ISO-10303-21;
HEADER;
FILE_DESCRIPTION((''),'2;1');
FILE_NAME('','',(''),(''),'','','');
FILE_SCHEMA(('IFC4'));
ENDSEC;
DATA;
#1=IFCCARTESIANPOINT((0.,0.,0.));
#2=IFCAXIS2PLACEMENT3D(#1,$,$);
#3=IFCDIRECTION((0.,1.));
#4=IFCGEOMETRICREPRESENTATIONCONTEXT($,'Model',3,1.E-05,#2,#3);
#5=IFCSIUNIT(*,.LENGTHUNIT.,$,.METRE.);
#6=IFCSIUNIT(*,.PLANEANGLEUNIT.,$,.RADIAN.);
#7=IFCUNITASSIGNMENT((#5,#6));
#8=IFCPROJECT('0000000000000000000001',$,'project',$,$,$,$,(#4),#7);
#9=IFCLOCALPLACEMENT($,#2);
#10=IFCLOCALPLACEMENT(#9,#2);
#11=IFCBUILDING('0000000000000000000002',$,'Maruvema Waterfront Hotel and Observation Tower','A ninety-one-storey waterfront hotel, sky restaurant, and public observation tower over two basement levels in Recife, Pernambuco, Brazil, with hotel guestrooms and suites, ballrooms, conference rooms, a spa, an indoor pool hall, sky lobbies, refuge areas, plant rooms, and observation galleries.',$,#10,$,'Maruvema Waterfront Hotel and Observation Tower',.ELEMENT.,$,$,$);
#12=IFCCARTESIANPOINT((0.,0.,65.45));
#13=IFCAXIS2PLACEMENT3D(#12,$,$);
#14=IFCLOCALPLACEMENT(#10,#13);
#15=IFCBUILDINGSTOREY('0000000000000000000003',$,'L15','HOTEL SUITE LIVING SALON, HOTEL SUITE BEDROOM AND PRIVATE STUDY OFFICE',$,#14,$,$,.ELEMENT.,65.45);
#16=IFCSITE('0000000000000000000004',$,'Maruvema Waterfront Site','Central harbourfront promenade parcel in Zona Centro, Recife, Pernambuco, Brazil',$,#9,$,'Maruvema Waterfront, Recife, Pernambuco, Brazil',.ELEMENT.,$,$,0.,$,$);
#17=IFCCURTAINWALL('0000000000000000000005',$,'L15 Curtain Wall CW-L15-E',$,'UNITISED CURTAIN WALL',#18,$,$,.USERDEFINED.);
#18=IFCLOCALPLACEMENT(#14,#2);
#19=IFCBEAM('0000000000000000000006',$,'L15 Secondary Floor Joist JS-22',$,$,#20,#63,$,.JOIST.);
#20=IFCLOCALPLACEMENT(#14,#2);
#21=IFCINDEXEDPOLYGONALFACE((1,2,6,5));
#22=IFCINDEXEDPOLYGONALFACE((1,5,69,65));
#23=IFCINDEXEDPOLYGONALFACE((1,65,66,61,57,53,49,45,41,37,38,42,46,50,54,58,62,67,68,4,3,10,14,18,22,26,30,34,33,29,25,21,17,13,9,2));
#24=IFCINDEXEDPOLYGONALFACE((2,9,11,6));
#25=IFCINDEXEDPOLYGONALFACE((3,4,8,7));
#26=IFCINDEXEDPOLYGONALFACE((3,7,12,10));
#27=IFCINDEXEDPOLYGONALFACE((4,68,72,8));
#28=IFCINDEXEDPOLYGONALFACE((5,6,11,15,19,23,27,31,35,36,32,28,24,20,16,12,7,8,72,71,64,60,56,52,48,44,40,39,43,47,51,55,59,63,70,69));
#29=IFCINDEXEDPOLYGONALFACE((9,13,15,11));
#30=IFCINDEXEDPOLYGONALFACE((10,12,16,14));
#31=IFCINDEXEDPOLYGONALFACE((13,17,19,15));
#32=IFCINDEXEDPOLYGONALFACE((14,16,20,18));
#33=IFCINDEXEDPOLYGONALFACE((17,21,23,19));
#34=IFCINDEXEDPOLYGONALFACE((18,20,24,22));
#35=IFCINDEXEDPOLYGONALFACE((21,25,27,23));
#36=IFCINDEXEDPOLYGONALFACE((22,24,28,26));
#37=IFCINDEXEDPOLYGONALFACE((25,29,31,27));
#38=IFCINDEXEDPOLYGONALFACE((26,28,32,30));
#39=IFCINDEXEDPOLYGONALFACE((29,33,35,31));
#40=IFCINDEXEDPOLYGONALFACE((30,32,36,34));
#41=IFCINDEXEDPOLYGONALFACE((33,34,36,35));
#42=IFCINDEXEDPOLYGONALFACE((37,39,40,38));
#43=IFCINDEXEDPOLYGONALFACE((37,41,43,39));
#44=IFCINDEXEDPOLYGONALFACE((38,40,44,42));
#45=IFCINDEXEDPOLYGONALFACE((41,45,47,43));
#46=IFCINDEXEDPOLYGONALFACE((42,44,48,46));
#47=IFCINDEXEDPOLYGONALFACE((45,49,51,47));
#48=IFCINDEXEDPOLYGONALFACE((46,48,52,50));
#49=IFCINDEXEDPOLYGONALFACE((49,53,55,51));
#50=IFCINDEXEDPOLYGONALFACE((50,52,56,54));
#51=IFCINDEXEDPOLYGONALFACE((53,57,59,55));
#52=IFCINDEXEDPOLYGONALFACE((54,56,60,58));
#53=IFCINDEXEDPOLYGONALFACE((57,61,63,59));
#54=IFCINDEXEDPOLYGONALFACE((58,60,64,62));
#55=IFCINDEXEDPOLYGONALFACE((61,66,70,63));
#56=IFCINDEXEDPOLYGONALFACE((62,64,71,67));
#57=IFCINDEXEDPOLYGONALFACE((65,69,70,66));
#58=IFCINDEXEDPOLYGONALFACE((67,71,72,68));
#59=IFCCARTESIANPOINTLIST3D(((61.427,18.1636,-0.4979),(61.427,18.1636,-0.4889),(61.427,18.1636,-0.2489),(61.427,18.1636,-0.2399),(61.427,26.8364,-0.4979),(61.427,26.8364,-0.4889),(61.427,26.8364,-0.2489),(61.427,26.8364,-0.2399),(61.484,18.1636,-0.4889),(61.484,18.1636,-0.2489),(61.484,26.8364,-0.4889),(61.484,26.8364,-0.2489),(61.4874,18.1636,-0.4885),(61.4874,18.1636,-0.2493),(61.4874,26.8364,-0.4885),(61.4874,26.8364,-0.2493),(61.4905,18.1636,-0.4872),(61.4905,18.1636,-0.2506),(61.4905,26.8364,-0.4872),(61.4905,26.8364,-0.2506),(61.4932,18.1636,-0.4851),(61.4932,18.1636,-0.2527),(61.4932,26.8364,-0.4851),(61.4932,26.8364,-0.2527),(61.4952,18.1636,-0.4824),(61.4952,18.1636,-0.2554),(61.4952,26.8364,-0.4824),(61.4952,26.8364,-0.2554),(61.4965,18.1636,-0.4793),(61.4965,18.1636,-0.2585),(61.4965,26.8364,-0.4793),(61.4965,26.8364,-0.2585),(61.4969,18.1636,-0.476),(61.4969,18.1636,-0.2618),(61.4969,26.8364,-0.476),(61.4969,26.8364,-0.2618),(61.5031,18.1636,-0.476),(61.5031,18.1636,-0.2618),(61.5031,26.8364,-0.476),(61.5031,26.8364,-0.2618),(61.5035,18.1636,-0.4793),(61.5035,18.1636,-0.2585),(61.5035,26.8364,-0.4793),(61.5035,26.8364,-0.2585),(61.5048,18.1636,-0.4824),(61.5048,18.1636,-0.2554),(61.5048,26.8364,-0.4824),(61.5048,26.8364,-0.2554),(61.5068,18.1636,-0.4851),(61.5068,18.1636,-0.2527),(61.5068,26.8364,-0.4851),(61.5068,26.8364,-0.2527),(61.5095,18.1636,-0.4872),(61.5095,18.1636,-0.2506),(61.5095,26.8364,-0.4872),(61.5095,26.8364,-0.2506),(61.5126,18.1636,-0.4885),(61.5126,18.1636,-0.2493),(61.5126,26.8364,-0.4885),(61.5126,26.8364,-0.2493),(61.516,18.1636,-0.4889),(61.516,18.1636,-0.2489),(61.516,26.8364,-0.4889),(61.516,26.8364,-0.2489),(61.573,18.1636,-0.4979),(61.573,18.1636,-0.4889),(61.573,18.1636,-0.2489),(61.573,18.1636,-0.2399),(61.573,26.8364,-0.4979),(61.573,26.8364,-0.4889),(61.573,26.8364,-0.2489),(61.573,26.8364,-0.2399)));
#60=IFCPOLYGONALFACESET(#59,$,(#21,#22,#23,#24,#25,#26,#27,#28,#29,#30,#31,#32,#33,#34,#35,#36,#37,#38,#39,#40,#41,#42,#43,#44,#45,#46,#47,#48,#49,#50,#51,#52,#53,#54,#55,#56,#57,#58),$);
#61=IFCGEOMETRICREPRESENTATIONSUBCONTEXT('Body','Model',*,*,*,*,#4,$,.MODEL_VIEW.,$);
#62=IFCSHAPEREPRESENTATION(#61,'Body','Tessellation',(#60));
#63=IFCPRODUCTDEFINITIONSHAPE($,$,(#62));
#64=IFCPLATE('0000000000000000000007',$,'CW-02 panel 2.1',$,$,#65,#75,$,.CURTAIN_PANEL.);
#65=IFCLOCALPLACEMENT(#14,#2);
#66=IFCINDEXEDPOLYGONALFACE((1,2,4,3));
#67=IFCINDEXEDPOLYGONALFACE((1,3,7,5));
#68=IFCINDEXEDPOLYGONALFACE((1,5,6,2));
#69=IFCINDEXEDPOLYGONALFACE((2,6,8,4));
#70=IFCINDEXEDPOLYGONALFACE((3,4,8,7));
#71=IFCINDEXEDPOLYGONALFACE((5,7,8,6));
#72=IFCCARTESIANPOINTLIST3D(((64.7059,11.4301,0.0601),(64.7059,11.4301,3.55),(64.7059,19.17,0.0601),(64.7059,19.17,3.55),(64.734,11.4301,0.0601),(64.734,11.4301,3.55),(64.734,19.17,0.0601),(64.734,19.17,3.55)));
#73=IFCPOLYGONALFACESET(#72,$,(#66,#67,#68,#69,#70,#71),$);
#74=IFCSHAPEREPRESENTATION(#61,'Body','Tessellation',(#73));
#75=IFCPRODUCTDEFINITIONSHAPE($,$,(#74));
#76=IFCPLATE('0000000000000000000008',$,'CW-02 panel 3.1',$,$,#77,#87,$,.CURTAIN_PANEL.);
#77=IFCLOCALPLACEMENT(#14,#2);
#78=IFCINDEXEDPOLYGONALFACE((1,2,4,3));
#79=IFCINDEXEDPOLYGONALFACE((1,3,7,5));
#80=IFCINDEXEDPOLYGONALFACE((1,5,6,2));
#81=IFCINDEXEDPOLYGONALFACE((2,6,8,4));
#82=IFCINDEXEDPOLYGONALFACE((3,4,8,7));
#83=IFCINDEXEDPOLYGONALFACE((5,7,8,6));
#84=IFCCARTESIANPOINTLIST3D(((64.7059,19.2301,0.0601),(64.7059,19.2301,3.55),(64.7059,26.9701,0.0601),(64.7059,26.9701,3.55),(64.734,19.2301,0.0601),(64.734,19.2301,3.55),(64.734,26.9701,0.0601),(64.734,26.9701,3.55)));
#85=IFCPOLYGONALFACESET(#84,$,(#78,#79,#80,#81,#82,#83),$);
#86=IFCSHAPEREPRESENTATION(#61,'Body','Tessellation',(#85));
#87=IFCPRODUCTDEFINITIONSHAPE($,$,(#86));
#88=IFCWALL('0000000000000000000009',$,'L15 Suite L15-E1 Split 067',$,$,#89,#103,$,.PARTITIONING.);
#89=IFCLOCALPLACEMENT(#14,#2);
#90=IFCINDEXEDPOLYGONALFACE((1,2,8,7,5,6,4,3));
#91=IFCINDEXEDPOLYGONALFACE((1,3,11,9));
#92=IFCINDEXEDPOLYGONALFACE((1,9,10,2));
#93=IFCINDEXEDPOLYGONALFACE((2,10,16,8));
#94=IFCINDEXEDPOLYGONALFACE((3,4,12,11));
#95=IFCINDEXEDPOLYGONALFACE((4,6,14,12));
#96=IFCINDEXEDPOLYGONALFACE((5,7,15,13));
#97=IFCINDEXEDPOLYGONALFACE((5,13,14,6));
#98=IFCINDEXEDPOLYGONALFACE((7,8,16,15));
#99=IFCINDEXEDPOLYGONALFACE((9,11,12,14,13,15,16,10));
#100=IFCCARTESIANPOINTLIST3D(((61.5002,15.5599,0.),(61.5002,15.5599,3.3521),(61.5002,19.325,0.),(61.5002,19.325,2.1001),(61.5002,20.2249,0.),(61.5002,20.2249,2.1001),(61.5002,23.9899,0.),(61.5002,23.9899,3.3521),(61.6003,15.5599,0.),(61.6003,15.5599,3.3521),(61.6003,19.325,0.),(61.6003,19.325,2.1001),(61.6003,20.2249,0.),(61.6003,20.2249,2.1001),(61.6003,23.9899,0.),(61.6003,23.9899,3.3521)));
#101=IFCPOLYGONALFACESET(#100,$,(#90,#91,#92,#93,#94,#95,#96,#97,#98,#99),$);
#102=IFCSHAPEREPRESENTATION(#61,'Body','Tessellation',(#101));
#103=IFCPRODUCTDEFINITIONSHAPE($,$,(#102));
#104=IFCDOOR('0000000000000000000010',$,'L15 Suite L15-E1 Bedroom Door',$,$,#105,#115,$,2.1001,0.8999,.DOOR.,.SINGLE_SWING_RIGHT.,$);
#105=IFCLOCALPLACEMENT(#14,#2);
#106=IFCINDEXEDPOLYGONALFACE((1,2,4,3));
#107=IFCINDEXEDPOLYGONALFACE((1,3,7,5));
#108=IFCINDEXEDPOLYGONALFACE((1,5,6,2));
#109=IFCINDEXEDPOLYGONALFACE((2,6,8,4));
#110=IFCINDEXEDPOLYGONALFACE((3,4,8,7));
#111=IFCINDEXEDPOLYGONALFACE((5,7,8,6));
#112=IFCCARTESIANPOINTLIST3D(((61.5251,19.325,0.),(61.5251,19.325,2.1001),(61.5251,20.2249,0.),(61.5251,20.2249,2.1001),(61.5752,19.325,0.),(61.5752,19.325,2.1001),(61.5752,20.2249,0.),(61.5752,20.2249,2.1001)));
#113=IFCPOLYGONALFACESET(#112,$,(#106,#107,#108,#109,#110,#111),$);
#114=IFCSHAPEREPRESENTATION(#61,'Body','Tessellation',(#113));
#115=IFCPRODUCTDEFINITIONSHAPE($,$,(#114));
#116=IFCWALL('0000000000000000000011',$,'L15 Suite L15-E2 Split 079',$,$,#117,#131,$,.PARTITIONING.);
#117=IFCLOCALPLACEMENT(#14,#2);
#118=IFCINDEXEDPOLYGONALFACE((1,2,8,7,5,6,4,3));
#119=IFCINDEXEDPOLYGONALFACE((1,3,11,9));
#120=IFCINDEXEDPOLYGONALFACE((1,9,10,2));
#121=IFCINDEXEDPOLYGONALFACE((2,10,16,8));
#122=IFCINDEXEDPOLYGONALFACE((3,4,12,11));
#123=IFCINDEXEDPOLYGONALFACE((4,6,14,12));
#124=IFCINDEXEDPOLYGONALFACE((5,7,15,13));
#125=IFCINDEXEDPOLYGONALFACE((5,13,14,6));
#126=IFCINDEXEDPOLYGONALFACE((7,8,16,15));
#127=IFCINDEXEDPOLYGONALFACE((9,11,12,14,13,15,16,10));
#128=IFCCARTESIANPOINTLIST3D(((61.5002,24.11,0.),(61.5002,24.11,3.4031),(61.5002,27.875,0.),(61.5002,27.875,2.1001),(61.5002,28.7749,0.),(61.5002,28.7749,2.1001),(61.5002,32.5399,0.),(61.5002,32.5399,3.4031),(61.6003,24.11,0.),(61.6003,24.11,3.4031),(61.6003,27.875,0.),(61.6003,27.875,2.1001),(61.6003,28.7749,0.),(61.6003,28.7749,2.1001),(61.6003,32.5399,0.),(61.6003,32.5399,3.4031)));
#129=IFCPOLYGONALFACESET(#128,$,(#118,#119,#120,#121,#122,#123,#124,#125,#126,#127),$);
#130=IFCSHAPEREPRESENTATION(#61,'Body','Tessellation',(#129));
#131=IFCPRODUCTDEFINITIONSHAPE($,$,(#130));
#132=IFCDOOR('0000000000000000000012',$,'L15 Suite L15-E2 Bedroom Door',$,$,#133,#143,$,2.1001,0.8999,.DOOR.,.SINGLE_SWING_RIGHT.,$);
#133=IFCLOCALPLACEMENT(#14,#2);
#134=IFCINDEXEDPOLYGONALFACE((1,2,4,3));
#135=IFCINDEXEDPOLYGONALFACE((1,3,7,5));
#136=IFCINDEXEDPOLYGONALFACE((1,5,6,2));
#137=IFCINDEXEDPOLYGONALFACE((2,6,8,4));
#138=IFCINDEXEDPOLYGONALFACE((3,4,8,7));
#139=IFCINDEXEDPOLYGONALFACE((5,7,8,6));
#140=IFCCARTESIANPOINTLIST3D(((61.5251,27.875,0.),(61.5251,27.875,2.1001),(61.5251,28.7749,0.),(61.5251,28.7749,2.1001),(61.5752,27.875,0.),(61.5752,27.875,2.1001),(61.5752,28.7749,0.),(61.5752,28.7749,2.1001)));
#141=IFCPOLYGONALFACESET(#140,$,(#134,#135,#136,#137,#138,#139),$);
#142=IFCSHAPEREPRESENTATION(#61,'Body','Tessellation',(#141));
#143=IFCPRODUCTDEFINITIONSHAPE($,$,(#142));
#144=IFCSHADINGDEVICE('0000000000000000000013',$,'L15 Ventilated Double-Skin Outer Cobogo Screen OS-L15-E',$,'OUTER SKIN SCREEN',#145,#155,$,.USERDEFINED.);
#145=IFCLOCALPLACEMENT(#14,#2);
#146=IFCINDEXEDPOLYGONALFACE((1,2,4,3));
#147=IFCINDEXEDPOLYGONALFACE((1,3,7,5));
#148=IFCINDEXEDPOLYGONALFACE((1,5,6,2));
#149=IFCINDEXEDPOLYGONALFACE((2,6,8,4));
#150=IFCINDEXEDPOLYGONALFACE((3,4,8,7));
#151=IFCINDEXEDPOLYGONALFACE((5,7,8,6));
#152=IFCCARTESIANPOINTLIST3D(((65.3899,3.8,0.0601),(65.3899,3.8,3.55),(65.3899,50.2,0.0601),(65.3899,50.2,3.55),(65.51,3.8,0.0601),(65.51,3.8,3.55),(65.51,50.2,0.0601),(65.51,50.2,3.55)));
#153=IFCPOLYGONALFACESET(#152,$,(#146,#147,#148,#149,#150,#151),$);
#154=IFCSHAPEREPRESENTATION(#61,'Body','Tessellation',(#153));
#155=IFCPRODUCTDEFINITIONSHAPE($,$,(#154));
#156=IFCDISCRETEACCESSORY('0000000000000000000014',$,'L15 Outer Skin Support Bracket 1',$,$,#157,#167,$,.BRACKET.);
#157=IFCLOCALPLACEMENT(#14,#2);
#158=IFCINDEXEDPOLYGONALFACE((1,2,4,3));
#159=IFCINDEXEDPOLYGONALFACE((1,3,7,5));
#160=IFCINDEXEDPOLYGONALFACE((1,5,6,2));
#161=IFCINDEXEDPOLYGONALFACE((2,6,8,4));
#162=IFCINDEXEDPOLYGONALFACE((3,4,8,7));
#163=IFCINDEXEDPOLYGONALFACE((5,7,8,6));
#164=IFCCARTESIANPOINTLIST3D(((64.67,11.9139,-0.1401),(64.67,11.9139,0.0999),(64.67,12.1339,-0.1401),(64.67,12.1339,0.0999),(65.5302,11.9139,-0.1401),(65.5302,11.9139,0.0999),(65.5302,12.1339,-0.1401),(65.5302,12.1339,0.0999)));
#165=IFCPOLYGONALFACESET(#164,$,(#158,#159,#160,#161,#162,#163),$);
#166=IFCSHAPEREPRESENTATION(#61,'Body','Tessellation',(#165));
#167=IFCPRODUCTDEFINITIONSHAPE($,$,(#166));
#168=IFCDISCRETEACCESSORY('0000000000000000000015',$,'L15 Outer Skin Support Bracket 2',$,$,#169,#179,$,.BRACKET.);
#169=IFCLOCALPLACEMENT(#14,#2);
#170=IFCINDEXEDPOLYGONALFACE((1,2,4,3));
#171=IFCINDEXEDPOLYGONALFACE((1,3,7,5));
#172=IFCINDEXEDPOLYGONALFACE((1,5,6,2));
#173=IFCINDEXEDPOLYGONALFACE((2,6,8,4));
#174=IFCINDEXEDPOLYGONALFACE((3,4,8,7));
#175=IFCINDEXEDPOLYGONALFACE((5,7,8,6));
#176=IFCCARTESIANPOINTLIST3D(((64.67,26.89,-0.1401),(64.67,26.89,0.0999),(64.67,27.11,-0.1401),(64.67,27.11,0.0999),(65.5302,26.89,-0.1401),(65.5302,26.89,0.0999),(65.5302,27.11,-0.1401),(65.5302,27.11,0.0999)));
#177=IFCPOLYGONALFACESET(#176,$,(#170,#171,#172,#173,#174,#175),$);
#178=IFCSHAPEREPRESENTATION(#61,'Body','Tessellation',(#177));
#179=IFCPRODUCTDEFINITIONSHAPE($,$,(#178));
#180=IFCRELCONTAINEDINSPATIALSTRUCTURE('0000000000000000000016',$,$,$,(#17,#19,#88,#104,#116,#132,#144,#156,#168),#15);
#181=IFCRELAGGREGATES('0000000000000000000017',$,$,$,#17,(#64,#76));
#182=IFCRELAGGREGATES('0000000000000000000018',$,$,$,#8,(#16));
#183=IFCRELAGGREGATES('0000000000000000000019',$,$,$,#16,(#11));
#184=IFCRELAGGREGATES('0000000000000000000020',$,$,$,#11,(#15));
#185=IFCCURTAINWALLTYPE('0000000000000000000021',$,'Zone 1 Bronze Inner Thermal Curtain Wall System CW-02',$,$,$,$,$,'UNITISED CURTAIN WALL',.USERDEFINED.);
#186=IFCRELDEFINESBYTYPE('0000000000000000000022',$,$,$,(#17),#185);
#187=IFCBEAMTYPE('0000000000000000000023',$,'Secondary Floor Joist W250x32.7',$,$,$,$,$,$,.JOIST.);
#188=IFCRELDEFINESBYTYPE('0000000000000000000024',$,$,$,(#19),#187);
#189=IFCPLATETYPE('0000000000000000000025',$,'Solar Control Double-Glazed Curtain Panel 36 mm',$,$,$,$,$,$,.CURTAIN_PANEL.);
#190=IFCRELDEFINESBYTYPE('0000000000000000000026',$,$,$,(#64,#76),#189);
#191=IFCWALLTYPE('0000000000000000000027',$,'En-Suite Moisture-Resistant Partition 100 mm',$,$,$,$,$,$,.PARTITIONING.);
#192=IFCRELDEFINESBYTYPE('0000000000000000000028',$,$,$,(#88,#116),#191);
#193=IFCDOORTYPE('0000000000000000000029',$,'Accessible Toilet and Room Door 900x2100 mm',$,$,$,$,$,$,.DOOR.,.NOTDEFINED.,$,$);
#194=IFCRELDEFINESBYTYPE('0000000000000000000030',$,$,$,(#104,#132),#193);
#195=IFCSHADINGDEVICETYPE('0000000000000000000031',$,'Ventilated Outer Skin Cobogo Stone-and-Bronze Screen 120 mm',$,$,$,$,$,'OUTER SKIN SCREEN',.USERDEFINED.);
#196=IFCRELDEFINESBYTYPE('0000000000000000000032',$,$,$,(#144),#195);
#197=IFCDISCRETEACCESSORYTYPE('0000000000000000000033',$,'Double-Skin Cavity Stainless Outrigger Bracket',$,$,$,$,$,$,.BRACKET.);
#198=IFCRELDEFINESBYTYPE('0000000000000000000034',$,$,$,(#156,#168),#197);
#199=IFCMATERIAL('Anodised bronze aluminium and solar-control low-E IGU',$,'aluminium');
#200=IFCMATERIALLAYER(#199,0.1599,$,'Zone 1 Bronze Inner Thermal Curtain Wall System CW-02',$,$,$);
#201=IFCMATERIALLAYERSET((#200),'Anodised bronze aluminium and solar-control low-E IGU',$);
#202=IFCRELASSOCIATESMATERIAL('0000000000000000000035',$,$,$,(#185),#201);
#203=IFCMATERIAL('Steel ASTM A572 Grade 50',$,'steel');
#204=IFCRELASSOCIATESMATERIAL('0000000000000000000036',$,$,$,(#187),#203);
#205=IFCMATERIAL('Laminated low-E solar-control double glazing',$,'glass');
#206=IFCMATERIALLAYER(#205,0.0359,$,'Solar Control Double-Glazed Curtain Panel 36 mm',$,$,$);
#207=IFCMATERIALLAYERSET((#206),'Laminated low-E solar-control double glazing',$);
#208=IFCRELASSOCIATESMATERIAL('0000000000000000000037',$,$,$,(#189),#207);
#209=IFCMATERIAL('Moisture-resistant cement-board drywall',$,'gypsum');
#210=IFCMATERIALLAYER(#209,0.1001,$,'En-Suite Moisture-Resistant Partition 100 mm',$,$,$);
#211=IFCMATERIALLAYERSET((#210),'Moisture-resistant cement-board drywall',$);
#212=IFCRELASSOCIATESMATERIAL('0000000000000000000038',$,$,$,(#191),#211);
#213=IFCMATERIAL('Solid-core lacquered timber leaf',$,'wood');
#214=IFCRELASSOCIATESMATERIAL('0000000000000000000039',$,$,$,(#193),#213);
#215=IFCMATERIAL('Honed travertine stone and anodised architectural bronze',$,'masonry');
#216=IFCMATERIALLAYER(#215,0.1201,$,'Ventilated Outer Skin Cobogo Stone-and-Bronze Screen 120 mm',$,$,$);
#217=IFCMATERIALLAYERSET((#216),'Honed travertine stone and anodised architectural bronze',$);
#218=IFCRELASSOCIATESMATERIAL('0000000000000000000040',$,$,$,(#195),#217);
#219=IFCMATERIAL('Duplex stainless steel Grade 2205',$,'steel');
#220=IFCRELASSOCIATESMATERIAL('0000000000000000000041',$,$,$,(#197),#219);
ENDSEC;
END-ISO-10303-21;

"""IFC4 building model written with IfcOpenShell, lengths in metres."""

from ifc_helpers import new_model, si_unit, direction, frame, frame_2d, origin, origin_2d, place, context, subcontext, project, spatial, rectangle, i_section, extrude, material, layer, layer_set, material_profile, profile_set, type_object, element, fill, aggregate, save


model = new_model("IFC4")

# Units and contexts
model_context = context("Model", 3, precision=1e-05, world=origin(), true_north=direction((0.0, 1.0)))
body_context = subcontext(model_context, "Body", "Model", "MODEL_VIEW")
ifc_project = project(units=[si_unit("LENGTHUNIT", "METRE"), si_unit("PLANEANGLEUNIT", "RADIAN")], contexts=[model_context])

# Site, building, storey
site_placement = place(None, origin())
site = spatial("IfcSite", under=ifc_project, at=site_placement, Name="Maruvema Waterfront Site", Description="Central harbourfront promenade parcel in Zona Centro, Recife, Pernambuco, Brazil", LongName="Maruvema Waterfront, Recife, Pernambuco, Brazil", CompositionType="ELEMENT", RefElevation=0.0)
building_placement = place(site_placement, origin())
building = spatial("IfcBuilding", under=site, at=building_placement, Name="Maruvema Waterfront Hotel and Observation Tower", Description="A ninety-one-storey waterfront hotel, sky restaurant, and public observation tower over two basement levels in Recife, Pernambuco, Brazil, with hotel guestrooms and suites, ballrooms, conference rooms, a spa, an indoor pool hall, sky lobbies, refuge areas, plant rooms, and observation galleries.", LongName="Maruvema Waterfront Hotel and Observation Tower", CompositionType="ELEMENT")
storey_placement = place(building_placement, frame((0.0, 0.0, 65.45)))
storey = spatial("IfcBuildingStorey", under=building, at=storey_placement, Name="L15", Description="HOTEL SUITE LIVING SALON, HOTEL SUITE BEDROOM AND PRIVATE STUDY OFFICE", CompositionType="ELEMENT", Elevation=65.45)

# Curtain wall
ifc_material_1 = material(Name="Anodised bronze aluminium and solar-control low-E IGU", Category="aluminium")
ifc_layer_1 = layer(ifc_material_1, 0.1599, Name="Zone 1 Bronze Inner Thermal Curtain Wall System CW-02")
ifc_layer_set_1 = layer_set([ifc_layer_1], Name="Anodised bronze aluminium and solar-control low-E IGU")
curtain_wall_type = type_object("IfcCurtainWallType", Name="Zone 1 Bronze Inner Thermal Curtain Wall System CW-02", ElementType="UNITISED CURTAIN WALL", PredefinedType="USERDEFINED", material=ifc_layer_set_1)
curtain_wall_placement = place(storey_placement, origin())
curtain_wall = element("IfcCurtainWall", 1, at=curtain_wall_placement, inside=storey, type_object=curtain_wall_type, Name="L15 Curtain Wall CW-L15-E", ObjectType="UNITISED CURTAIN WALL", PredefinedType="USERDEFINED")

# Beam
ifc_material_2 = material(Name="Steel ASTM A572 Grade 50", Category="steel")
ifc_material_profile_1 = material_profile(ifc_material_2, i_section(OverallWidth=0.146, OverallDepth=0.2581, WebThickness=0.0061, FlangeThickness=0.009, FilletRadius=0.0129, at=origin_2d()), Name="W250x32.7")
ifc_profile_set_1 = profile_set([ifc_material_profile_1], Name="Steel ASTM A572 Grade 50")
beam_type_1 = type_object("IfcBeamType", Name="Secondary Floor Joist W250x32.7", PredefinedType="JOIST", material=ifc_profile_set_1)
beam_1_placement = place(storey_placement, frame((61.5, 18.1636, -0.3689), z_axis=(0.0, 1.0, 0.0), x_axis=(-1.0, 0.0, 0.0)))
element("IfcBeam", 2, at=beam_1_placement, inside=storey, type_object=beam_type_1, Name="L15 Secondary Floor Joist JS-22", PredefinedType="JOIST", context=body_context, shape_type="SweptSolid", body=[
    extrude(i_section(OverallWidth=0.146, OverallDepth=0.2581, WebThickness=0.0061, FlangeThickness=0.009, FilletRadius=0.0129, at=origin_2d()), origin(), (0.0, 0.0, 1.0), 8.6729),
])

# Plates
ifc_material_3 = material(Name="Laminated low-E solar-control double glazing", Category="glass")
ifc_layer_2 = layer(ifc_material_3, 0.0359, Name="Solar Control Double-Glazed Curtain Panel 36 mm")
ifc_layer_set_2 = layer_set([ifc_layer_2], Name="Laminated low-E solar-control double glazing")
plate_type = type_object("IfcPlateType", Name="Solar Control Double-Glazed Curtain Panel 36 mm", PredefinedType="CURTAIN_PANEL", material=ifc_layer_set_2)
plate_1_placement = place(storey_placement, frame((64.72, 15.3, 0.0601), z_axis=(0.0, 0.0, 1.0), x_axis=(0.0, 1.0, 0.0)))
plate_1 = element("IfcPlate", 3, at=plate_1_placement, type_object=plate_type, Name="CW-02 panel 2.1", PredefinedType="CURTAIN_PANEL", context=body_context, shape_type="SweptSolid", body=[
    extrude(rectangle(XDim=7.74, YDim=0.0281, at=origin_2d()), origin(), (0.0, 0.0, 1.0), 3.49),
])
plate_2_placement = place(storey_placement, frame((64.72, 23.1001, 0.0601), z_axis=(0.0, 0.0, 1.0), x_axis=(0.0, 1.0, 0.0)))
plate_2 = element("IfcPlate", 4, at=plate_2_placement, type_object=plate_type, Name="CW-02 panel 3.1", PredefinedType="CURTAIN_PANEL", context=body_context, shape_type="SweptSolid", body=[
    extrude(rectangle(XDim=7.74, YDim=0.0281, at=origin_2d()), origin(), (0.0, 0.0, 1.0), 3.49),
])
aggregate(curtain_wall, [plate_1, plate_2])

# Walls, openings, doors
ifc_material_4 = material(Name="Moisture-resistant cement-board drywall", Category="gypsum")
ifc_layer_3 = layer(ifc_material_4, 0.1001, Name="En-Suite Moisture-Resistant Partition 100 mm")
ifc_layer_set_3 = layer_set([ifc_layer_3], Name="Moisture-resistant cement-board drywall")
wall_type = type_object("IfcWallType", Name="En-Suite Moisture-Resistant Partition 100 mm", PredefinedType="PARTITIONING", material=ifc_layer_set_3)
wall_1_placement = place(storey_placement, frame((61.5503, 15.5601, 0.0), z_axis=(0.0, 0.0, 1.0), x_axis=(0.0, 1.0, 0.0)))
wall_1 = element("IfcWall", 5, at=wall_1_placement, inside=storey, type_object=wall_type, Name="L15 Suite L15-E1 Split 067", PredefinedType="PARTITIONING", context=body_context, shape_type="SweptSolid", body=[
    extrude(rectangle(XDim=8.4299, YDim=0.1001, at=frame_2d((4.2148, 0.0))), origin(), (0.0, 0.0, 1.0), 3.3521),
])
opening_1_placement = place(wall_1_placement, frame((3.7649, 0.0, 0.0)))
opening_1 = element("IfcOpeningElement", 6, at=opening_1_placement, cuts=wall_1, PredefinedType="OPENING", context=body_context, shape_type="SweptSolid", body=[
    extrude(rectangle(XDim=0.8999, YDim=2.1001, at=frame_2d((0.45, 1.05))), frame((0.0, 0.0601, 0.0), z_axis=(0.0, -1.0, 0.0), x_axis=(1.0, 0.0, 0.0)), (0.0, 0.0, 1.0), 0.1201),
])
ifc_material_5 = material(Name="Solid-core lacquered timber leaf", Category="wood")
door_type = type_object("IfcDoorType", Name="Accessible Toilet and Room Door 900x2100 mm", OperationType="NOTDEFINED", PredefinedType="DOOR", material=ifc_material_5)
door_1_placement = place(opening_1_placement, frame((0.8999, 0.0, 0.0), z_axis=(0.0, 0.0, 1.0), x_axis=(-1.0, 0.0, 0.0)))
door_1 = element("IfcDoor", 7, at=door_1_placement, inside=storey, type_object=door_type, Name="L15 Suite L15-E1 Bedroom Door", OperationType="SINGLE_SWING_RIGHT", OverallHeight=2.1001, OverallWidth=0.8999, PredefinedType="DOOR", context=body_context, shape_type="SweptSolid", body=[
    extrude(rectangle(XDim=0.8999, YDim=2.1001, at=frame_2d((0.45, 1.05))), frame((0.0, 0.0249, 0.0), z_axis=(0.0, -1.0, 0.0), x_axis=(1.0, 0.0, 0.0)), (0.0, 0.0, 1.0), 0.05),
])
fill(opening_1, door_1)
wall_2_placement = place(storey_placement, frame((61.5503, 24.1101, 0.0), z_axis=(0.0, 0.0, 1.0), x_axis=(0.0, 1.0, 0.0)))
wall_2 = element("IfcWall", 8, at=wall_2_placement, inside=storey, type_object=wall_type, Name="L15 Suite L15-E2 Split 079", PredefinedType="PARTITIONING", context=body_context, shape_type="SweptSolid", body=[
    extrude(rectangle(XDim=8.4299, YDim=0.1001, at=frame_2d((4.2148, 0.0))), origin(), (0.0, 0.0, 1.0), 3.4031),
])
opening_2_placement = place(wall_2_placement, frame((3.7649, 0.0, 0.0)))
opening_2 = element("IfcOpeningElement", 9, at=opening_2_placement, cuts=wall_2, PredefinedType="OPENING", context=body_context, shape_type="SweptSolid", body=[
    extrude(rectangle(XDim=0.8999, YDim=2.1001, at=frame_2d((0.45, 1.05))), frame((0.0, 0.0601, 0.0), z_axis=(0.0, -1.0, 0.0), x_axis=(1.0, 0.0, 0.0)), (0.0, 0.0, 1.0), 0.1201),
])
door_2_placement = place(opening_2_placement, frame((0.8999, 0.0, 0.0), z_axis=(0.0, 0.0, 1.0), x_axis=(-1.0, 0.0, 0.0)))
door_2 = element("IfcDoor", 10, at=door_2_placement, inside=storey, type_object=door_type, Name="L15 Suite L15-E2 Bedroom Door", OperationType="SINGLE_SWING_RIGHT", OverallHeight=2.1001, OverallWidth=0.8999, PredefinedType="DOOR", context=body_context, shape_type="SweptSolid", body=[
    extrude(rectangle(XDim=0.8999, YDim=2.1001, at=frame_2d((0.45, 1.05))), frame((0.0, 0.0249, 0.0), z_axis=(0.0, -1.0, 0.0), x_axis=(1.0, 0.0, 0.0)), (0.0, 0.0, 1.0), 0.05),
])
fill(opening_2, door_2)

# Shading device
ifc_material_6 = material(Name="Honed travertine stone and anodised architectural bronze", Category="masonry")
ifc_layer_4 = layer(ifc_material_6, 0.1201, Name="Ventilated Outer Skin Cobogo Stone-and-Bronze Screen 120 mm")
ifc_layer_set_4 = layer_set([ifc_layer_4], Name="Honed travertine stone and anodised architectural bronze")
shading_device_type = type_object("IfcShadingDeviceType", Name="Ventilated Outer Skin Cobogo Stone-and-Bronze Screen 120 mm", ElementType="OUTER SKIN SCREEN", PredefinedType="USERDEFINED", material=ifc_layer_set_4)
shading_device_placement = place(storey_placement, frame((65.45, 27.0, 0.0601), z_axis=(0.0, 0.0, 1.0), x_axis=(0.0, 1.0, 0.0)))
element("IfcShadingDevice", 11, at=shading_device_placement, inside=storey, type_object=shading_device_type, Name="L15 Ventilated Double-Skin Outer Cobogo Screen OS-L15-E", ObjectType="OUTER SKIN SCREEN", PredefinedType="USERDEFINED", context=body_context, shape_type="SweptSolid", body=[
    extrude(rectangle(XDim=46.3999, YDim=0.1201, at=origin_2d()), origin(), (0.0, 0.0, 1.0), 3.49),
])

# Discrete accessories
ifc_material_7 = material(Name="Duplex stainless steel Grade 2205", Category="steel")
discrete_accessory_type = type_object("IfcDiscreteAccessoryType", Name="Double-Skin Cavity Stainless Outrigger Bracket", PredefinedType="BRACKET", material=ifc_material_7)
for number, where, z_axis, x_axis, name in (
    (12, (65.1001, 12.0239, -0.1401), (0.0, 0.0, 1.0), (0.0, 1.0, 0.0), "L15 Outer Skin Support Bracket 1"),
    (13, (65.1001, 27.0, -0.1401), (0.0, 0.0, 1.0), (0.0, 1.0, 0.0), "L15 Outer Skin Support Bracket 2"),
):
    element("IfcDiscreteAccessory", number, at=place(storey_placement, frame(where, z_axis=z_axis, x_axis=x_axis)), inside=storey, type_object=discrete_accessory_type, Name=name, PredefinedType="BRACKET", context=body_context, shape_type="SweptSolid", body=[
        extrude(rectangle(XDim=0.22, YDim=0.8601, at=origin_2d()), origin(), (0.0, 0.0, 1.0), 0.24),
    ])

save(model, "model.ifc")
